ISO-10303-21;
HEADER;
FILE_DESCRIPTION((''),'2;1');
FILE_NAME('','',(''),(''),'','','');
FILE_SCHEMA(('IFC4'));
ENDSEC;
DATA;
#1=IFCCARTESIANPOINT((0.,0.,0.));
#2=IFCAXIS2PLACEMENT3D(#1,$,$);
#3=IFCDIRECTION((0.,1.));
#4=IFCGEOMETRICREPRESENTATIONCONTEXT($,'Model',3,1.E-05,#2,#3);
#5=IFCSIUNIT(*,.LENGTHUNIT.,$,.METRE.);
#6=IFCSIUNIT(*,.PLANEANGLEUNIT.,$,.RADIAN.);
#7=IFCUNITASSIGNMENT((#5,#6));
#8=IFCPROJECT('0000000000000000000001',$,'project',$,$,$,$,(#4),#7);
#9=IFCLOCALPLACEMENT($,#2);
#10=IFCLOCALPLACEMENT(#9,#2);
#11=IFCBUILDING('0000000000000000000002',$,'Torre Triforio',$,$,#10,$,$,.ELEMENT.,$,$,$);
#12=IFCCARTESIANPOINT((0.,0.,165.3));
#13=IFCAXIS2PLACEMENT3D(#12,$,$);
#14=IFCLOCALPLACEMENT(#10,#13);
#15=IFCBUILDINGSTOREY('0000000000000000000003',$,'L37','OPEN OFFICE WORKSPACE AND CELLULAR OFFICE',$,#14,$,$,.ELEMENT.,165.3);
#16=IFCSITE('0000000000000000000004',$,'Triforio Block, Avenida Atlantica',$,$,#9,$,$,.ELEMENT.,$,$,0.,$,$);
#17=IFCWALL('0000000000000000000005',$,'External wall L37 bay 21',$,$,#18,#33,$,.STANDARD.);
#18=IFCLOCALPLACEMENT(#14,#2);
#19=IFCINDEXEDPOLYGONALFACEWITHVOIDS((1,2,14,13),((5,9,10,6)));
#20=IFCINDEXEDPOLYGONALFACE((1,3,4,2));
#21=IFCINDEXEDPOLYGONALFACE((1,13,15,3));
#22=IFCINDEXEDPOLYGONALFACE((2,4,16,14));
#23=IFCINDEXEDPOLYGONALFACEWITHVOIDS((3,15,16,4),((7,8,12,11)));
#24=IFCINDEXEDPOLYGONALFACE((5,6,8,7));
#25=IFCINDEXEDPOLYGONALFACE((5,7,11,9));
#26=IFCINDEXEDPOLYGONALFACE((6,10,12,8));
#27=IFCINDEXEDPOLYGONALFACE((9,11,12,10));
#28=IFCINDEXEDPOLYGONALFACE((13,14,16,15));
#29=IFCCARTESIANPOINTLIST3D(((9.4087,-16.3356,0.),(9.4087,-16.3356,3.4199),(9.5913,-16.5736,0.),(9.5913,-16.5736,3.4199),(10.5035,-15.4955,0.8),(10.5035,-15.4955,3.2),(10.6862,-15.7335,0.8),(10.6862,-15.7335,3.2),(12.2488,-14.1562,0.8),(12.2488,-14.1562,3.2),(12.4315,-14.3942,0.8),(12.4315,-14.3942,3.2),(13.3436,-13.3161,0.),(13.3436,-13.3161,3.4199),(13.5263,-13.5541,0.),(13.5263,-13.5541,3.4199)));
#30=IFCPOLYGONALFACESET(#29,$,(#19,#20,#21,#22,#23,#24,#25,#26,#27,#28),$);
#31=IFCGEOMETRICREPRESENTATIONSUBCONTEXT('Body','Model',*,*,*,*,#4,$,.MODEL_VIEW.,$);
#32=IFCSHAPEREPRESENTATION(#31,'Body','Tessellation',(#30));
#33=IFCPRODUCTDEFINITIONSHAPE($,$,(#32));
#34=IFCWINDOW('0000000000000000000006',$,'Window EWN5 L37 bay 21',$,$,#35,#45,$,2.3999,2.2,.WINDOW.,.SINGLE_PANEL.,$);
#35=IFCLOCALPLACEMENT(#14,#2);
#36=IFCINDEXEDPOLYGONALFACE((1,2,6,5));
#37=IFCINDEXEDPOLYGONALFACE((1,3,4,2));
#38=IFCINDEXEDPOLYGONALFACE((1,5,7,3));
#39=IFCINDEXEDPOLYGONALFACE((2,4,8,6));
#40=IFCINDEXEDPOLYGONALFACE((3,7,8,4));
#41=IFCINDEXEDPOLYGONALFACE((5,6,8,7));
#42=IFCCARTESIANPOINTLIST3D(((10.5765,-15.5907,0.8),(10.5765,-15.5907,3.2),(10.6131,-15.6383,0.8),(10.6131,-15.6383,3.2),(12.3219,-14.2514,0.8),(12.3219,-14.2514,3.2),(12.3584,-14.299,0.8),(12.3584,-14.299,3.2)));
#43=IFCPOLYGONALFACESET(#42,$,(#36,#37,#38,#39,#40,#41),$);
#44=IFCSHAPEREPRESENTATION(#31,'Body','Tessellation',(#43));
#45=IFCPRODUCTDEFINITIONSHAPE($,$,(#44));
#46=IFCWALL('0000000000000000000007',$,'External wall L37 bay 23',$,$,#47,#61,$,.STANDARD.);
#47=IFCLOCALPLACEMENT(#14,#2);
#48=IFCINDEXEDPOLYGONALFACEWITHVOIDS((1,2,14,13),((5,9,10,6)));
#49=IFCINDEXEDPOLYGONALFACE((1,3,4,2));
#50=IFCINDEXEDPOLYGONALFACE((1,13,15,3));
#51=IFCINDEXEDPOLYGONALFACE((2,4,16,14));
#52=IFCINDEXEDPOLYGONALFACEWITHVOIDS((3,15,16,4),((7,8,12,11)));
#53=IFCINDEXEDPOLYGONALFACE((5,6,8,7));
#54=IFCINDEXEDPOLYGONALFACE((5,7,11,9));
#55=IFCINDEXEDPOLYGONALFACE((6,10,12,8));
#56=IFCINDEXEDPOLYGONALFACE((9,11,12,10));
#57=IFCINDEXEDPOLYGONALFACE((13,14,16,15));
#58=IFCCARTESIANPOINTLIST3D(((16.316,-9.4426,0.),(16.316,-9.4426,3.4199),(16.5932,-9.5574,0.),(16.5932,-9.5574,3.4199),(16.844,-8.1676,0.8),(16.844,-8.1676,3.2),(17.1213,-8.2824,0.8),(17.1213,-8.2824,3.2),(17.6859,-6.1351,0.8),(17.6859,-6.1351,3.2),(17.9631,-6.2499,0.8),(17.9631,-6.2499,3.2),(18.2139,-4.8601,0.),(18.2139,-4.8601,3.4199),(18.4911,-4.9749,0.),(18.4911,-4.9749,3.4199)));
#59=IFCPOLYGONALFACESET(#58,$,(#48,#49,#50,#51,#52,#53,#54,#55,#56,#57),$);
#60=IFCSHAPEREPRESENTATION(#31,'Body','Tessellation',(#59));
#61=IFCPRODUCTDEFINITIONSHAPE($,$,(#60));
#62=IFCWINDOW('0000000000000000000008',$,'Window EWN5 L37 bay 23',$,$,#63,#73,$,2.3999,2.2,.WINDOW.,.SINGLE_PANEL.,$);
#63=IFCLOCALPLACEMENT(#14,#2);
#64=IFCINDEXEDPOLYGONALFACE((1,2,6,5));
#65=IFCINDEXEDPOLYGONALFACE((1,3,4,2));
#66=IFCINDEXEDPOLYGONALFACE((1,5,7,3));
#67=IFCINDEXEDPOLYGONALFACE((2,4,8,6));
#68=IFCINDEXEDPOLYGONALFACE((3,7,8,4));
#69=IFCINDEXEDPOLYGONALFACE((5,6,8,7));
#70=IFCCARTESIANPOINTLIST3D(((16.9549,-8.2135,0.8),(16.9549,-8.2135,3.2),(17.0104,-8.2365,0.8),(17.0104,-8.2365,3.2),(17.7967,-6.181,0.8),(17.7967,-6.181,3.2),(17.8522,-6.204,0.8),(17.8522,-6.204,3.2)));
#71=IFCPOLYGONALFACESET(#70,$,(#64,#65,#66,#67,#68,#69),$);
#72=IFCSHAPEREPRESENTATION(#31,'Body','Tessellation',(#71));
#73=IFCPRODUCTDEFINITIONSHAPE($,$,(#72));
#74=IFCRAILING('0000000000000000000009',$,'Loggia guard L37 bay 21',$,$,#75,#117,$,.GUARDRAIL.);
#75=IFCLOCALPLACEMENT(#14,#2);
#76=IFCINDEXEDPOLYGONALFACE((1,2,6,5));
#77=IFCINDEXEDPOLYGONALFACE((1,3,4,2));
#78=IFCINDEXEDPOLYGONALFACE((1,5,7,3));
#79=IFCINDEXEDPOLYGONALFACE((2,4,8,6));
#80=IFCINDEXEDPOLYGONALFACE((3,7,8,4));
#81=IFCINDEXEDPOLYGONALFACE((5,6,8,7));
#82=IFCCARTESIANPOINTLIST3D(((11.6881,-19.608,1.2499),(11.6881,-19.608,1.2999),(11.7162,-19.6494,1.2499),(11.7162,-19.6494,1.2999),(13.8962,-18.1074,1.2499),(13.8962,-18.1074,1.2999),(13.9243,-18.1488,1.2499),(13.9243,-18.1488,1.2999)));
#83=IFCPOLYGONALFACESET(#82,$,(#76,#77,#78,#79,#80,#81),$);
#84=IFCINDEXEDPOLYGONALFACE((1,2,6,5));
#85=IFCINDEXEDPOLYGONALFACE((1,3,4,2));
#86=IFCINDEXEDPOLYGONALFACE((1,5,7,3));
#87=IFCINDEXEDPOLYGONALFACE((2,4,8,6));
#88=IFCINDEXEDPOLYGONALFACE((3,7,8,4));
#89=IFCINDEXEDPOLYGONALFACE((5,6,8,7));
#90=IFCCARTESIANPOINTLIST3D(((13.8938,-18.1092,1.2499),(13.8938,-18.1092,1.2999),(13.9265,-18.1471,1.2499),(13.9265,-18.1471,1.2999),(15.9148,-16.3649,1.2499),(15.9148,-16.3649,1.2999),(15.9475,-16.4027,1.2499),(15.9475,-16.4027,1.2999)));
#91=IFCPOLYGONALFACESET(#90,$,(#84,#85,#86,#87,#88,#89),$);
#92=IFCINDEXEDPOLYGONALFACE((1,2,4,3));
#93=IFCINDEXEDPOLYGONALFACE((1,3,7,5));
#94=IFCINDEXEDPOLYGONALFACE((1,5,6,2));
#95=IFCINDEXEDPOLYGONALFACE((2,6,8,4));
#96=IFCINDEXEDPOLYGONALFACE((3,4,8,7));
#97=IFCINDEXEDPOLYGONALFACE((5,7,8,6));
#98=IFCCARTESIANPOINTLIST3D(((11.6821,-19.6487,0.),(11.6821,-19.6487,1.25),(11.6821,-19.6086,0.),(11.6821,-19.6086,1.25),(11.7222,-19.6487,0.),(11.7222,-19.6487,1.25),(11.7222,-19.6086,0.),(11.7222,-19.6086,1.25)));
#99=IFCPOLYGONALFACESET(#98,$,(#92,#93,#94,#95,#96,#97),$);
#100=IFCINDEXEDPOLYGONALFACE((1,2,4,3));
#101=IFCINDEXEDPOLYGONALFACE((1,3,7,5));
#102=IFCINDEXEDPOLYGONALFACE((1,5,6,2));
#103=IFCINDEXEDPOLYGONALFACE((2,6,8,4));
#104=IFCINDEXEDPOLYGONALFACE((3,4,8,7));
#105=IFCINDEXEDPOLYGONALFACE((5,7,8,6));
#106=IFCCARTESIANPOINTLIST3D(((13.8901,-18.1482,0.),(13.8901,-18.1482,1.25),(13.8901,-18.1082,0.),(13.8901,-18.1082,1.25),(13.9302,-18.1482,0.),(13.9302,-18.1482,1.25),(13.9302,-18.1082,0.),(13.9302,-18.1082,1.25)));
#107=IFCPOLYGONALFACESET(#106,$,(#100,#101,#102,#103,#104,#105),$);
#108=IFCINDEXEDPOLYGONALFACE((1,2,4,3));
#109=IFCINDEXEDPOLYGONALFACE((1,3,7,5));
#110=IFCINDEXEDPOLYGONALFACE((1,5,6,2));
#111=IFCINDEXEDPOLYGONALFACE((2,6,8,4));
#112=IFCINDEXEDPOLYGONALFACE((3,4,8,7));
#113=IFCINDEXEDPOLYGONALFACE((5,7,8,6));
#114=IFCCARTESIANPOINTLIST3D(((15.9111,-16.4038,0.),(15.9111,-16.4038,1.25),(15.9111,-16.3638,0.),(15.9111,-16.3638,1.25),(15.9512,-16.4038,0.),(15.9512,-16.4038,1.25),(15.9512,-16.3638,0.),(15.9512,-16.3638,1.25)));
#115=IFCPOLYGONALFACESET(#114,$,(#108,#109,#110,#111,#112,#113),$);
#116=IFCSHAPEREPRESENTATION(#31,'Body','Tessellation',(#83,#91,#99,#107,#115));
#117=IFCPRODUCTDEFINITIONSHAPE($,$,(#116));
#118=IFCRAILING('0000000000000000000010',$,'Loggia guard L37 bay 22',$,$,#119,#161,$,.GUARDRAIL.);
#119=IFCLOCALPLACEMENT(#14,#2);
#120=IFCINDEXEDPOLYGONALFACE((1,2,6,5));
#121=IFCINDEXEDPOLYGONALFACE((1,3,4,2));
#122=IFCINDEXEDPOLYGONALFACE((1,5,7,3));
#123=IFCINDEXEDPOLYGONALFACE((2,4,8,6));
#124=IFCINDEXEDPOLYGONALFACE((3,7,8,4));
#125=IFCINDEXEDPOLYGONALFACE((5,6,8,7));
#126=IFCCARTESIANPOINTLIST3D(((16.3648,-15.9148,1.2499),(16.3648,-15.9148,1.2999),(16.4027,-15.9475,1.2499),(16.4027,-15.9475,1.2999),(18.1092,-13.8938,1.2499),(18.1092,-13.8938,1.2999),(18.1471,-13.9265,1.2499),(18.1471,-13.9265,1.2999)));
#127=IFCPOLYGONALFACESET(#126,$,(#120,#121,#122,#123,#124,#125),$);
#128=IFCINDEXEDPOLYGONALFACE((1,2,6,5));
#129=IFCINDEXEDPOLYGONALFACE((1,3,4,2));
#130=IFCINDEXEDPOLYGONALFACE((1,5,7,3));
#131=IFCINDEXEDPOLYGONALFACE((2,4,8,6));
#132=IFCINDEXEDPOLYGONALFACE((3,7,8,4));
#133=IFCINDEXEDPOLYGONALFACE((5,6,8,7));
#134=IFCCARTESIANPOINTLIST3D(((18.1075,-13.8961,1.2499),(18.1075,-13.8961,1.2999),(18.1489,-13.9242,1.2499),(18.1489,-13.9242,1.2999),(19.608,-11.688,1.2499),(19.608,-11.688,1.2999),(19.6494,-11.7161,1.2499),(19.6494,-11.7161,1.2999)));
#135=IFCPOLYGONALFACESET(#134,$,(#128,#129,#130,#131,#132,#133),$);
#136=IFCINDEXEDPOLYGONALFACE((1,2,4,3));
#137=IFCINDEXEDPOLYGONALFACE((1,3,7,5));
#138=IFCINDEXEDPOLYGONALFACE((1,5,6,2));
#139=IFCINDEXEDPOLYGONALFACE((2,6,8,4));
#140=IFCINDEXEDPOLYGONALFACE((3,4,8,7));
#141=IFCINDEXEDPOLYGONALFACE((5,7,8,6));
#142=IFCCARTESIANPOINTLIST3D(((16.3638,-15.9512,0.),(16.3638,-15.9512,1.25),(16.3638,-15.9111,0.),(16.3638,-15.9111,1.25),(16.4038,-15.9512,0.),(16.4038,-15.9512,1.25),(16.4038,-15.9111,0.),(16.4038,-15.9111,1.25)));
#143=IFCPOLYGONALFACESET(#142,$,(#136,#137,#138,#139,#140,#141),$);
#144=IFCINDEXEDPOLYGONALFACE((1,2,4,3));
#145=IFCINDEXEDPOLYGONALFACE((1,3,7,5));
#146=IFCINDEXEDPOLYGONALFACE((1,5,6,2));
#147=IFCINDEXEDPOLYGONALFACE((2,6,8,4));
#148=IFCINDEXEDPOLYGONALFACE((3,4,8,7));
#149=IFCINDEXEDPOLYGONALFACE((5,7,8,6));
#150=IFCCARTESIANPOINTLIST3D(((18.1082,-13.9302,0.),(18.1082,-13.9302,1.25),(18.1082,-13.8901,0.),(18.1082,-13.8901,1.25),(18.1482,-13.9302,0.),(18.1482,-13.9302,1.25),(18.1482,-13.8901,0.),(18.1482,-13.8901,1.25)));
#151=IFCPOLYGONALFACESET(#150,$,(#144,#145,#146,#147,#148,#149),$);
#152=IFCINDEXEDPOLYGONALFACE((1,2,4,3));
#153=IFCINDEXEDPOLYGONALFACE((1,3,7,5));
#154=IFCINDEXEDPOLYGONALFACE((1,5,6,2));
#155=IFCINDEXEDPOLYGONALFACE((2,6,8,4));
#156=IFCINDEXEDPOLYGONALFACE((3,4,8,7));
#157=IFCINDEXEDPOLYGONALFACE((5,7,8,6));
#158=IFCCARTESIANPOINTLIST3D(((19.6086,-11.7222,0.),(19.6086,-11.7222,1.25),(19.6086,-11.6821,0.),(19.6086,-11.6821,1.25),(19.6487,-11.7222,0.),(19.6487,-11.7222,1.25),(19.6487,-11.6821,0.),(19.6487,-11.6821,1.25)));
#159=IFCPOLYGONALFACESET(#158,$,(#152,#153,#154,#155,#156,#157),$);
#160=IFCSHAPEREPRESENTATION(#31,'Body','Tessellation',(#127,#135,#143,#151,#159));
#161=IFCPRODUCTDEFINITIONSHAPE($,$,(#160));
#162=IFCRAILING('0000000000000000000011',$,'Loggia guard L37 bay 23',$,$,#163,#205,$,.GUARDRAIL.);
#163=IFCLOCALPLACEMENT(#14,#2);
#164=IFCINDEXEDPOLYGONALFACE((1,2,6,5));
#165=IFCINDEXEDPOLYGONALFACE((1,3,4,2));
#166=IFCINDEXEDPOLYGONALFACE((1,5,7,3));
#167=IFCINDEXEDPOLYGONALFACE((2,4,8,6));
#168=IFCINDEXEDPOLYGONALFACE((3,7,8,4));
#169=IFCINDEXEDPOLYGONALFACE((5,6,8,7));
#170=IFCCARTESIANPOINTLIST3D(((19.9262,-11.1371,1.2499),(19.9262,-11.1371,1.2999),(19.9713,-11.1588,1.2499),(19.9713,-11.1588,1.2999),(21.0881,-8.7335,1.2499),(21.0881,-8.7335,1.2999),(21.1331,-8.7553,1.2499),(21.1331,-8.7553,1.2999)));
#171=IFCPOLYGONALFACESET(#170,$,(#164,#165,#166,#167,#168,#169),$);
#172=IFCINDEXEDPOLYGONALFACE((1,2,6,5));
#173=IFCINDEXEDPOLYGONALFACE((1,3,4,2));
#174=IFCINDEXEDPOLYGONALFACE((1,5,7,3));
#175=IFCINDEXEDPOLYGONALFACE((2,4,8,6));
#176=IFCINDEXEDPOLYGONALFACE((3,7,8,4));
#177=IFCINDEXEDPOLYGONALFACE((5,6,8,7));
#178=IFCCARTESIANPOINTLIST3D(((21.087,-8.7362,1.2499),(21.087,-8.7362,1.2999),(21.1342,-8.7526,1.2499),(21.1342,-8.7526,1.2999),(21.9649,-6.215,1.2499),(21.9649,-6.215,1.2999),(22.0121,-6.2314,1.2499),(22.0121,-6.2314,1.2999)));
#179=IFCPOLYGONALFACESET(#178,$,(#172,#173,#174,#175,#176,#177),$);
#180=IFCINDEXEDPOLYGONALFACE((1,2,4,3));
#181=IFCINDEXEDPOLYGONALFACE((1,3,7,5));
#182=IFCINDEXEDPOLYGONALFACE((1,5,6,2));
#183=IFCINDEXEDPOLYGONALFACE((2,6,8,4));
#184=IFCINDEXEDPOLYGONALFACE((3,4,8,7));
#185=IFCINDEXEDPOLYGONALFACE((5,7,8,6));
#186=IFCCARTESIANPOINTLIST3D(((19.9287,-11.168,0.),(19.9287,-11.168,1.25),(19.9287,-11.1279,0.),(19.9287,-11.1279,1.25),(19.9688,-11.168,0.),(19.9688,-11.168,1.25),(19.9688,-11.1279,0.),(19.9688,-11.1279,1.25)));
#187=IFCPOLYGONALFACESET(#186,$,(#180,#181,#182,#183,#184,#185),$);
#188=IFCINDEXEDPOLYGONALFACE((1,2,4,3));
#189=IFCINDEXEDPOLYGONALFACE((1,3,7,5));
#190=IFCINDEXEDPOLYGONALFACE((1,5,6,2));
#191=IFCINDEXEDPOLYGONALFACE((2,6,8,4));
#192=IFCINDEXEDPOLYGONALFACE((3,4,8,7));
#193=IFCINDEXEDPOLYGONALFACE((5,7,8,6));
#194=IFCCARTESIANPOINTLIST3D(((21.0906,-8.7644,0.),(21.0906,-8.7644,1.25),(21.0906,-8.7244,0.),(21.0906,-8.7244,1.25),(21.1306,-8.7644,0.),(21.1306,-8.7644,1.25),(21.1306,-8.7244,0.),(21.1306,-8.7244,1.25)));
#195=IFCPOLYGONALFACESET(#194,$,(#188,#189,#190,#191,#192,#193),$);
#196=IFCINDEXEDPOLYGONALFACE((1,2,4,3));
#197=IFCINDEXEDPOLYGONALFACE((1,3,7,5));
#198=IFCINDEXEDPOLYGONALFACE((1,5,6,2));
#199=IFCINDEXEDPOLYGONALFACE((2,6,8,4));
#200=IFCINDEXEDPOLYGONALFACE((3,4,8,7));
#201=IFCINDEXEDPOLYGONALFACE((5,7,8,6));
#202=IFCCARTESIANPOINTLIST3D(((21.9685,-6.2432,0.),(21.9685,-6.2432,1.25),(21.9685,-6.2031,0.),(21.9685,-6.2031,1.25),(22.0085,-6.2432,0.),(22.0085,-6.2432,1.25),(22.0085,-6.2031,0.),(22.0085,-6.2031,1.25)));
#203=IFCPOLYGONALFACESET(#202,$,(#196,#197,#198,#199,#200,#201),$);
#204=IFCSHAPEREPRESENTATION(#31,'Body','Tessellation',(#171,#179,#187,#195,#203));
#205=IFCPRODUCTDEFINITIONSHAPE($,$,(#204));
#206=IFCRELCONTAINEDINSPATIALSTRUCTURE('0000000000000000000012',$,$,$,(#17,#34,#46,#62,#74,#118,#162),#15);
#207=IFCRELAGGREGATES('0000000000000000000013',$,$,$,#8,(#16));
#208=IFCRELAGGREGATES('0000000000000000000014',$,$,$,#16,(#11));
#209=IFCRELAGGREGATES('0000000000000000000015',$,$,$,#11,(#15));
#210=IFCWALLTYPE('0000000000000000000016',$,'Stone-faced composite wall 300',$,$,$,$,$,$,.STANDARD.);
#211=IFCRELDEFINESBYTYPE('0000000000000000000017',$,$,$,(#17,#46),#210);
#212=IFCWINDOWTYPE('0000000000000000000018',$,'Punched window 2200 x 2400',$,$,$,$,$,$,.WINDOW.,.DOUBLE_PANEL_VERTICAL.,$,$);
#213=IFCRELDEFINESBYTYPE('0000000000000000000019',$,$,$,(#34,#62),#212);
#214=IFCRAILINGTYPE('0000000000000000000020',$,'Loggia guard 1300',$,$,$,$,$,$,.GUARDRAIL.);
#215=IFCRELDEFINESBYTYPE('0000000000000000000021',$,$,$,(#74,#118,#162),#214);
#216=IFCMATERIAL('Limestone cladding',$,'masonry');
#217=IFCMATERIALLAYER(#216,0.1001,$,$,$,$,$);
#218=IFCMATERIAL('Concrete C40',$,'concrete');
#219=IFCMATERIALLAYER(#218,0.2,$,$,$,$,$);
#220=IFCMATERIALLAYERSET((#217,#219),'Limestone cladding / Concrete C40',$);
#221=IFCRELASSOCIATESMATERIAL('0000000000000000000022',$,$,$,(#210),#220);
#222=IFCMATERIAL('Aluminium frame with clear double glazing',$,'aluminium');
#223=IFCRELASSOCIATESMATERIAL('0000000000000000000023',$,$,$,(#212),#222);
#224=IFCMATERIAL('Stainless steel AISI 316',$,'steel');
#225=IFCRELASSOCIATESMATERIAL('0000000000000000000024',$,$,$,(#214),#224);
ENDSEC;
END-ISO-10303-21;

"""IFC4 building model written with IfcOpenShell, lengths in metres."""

from ifc_helpers import new_model, si_unit, direction, frame, frame_2d, origin, origin_2d, place, context, subcontext, project, spatial, rectangle, extrude, material, layer, layer_set, type_object, element, fill, save


model = new_model("IFC4")

# Units and contexts
model_context = context("Model", 3, precision=1e-05, world=origin(), true_north=direction((0.0, 1.0)))
body_context = subcontext(model_context, "Body", "Model", "MODEL_VIEW")
ifc_project = project(units=[si_unit("LENGTHUNIT", "METRE"), si_unit("PLANEANGLEUNIT", "RADIAN")], contexts=[model_context])

# Site, building, storey
site_placement = place(None, origin())
site = spatial("IfcSite", under=ifc_project, at=site_placement, Name="Triforio Block, Avenida Atlantica", CompositionType="ELEMENT", RefElevation=0.0)
building_placement = place(site_placement, origin())
building = spatial("IfcBuilding", under=site, at=building_placement, Name="Torre Triforio", CompositionType="ELEMENT")
storey_placement = place(building_placement, frame((0.0, 0.0, 165.3)))
storey = spatial("IfcBuildingStorey", under=building, at=storey_placement, Name="L37", Description="OPEN OFFICE WORKSPACE AND CELLULAR OFFICE", CompositionType="ELEMENT", Elevation=165.3)

# Shared definitions
ifc_material_1 = material(Name="Concrete C40", Category="concrete")

# Shared definitions
ifc_material_2 = material(Name="Limestone cladding", Category="masonry")

# Wall, opening, window
ifc_layer_1 = layer(ifc_material_2, 0.1001)
ifc_layer_2 = layer(ifc_material_1, 0.2)
ifc_layer_set_1 = layer_set([ifc_layer_1, ifc_layer_2], Name="Limestone cladding / Concrete C40")
wall_type_1 = type_object("IfcWallType", Name="Stone-faced composite wall 300", PredefinedType="STANDARD", material=ifc_layer_set_1)
wall_1_placement = place(storey_placement, frame((9.5, -16.4546, 0.0), z_axis=(0.0, 0.0, 1.0), x_axis=(0.793348, 0.608768, 0.0)))
wall_1 = element("IfcWall", 1, at=wall_1_placement, inside=storey, type_object=wall_type_1, Name="External wall L37 bay 21", PredefinedType="STANDARD", context=body_context, shape_type="SweptSolid", body=[
    extrude(rectangle(XDim=4.96, YDim=0.3, at=frame_2d((2.48, 0.0))), origin(), (0.0, 0.0, 1.0), 3.4199),
])
opening_1_placement = place(wall_1_placement, frame((1.3799, 0.0, 0.8)))
opening_1 = element("IfcOpeningElement", 2, at=opening_1_placement, cuts=wall_1, PredefinedType="OPENING", context=body_context, shape_type="SweptSolid", body=[
    extrude(rectangle(XDim=2.2, YDim=2.3999, at=frame_2d((1.1001, 1.2))), frame((0.0, 0.1599, 0.0), z_axis=(0.0, -1.0, 0.0), x_axis=(1.0, 0.0, 0.0)), (0.0, 0.0, 1.0), 0.3201),
])
ifc_material_3 = material(Name="Aluminium frame with clear double glazing", Category="aluminium")
window_type_1 = type_object("IfcWindowType", Name="Punched window 2200 x 2400", PartitioningType="DOUBLE_PANEL_VERTICAL", PredefinedType="WINDOW", material=ifc_material_3)
window_1_placement = place(opening_1_placement, origin())
window_1 = element("IfcWindow", 3, at=window_1_placement, inside=storey, type_object=window_type_1, Name="Window EWN5 L37 bay 21", OverallHeight=2.3999, OverallWidth=2.2, PartitioningType="SINGLE_PANEL", PredefinedType="WINDOW", context=body_context, shape_type="SweptSolid", body=[
    extrude(rectangle(XDim=2.2, YDim=2.3999, at=frame_2d((1.1001, 1.2))), frame((0.0, 0.03, 0.0), z_axis=(0.0, -1.0, 0.0), x_axis=(1.0, 0.0, 0.0)), (0.0, 0.0, 1.0), 0.0601),
])
fill(opening_1, window_1)

# Wall, opening, window
wall_2_placement = place(storey_placement, frame((16.4546, -9.5, 0.0), z_axis=(0.0, 0.0, 1.0), x_axis=(0.38265, 0.923893, 0.0)))
wall_2 = element("IfcWall", 4, at=wall_2_placement, inside=storey, type_object=wall_type_1, Name="External wall L37 bay 23", PredefinedType="STANDARD", context=body_context, shape_type="SweptSolid", body=[
    extrude(rectangle(XDim=4.96, YDim=0.3, at=frame_2d((2.48, 0.0))), origin(), (0.0, 0.0, 1.0), 3.4199),
])
opening_2_placement = place(wall_2_placement, frame((1.3799, 0.0, 0.8)))
opening_2 = element("IfcOpeningElement", 5, at=opening_2_placement, cuts=wall_2, PredefinedType="OPENING", context=body_context, shape_type="SweptSolid", body=[
    extrude(rectangle(XDim=2.2, YDim=2.3999, at=frame_2d((1.1001, 1.2))), frame((0.0, 0.1599, 0.0), z_axis=(0.0, -1.0, 0.0), x_axis=(1.0, 0.0, 0.0)), (0.0, 0.0, 1.0), 0.3201),
])
window_2_placement = place(opening_2_placement, origin())
window_2 = element("IfcWindow", 6, at=window_2_placement, inside=storey, type_object=window_type_1, Name="Window EWN5 L37 bay 23", OverallHeight=2.3999, OverallWidth=2.2, PartitioningType="SINGLE_PANEL", PredefinedType="WINDOW", context=body_context, shape_type="SweptSolid", body=[
    extrude(rectangle(XDim=2.2, YDim=2.3999, at=frame_2d((1.1001, 1.2))), frame((0.0, 0.03, 0.0), z_axis=(0.0, -1.0, 0.0), x_axis=(1.0, 0.0, 0.0)), (0.0, 0.0, 1.0), 0.0601),
])
fill(opening_2, window_2)

# Railings
ifc_material_4 = material(Name="Stainless steel AISI 316", Category="steel")
railing_type = type_object("IfcRailingType", Name="Loggia guard 1300", PredefinedType="GUARDRAIL", material=ifc_material_4)
railing_1_placement = place(storey_placement, frame((11.7021, -19.6287, 0.0)))
element("IfcRailing", 7, at=railing_1_placement, inside=storey, type_object=railing_type, Name="Loggia guard L37 bay 21", PredefinedType="GUARDRAIL", context=body_context, shape_type="SweptSolid", body=[
    extrude(rectangle(XDim=0.05, YDim=0.05, at=origin_2d()), frame((0.0, 0.0, 1.2749), z_axis=(0.827093, 0.562065, 0.0), x_axis=(-0.562065, 0.827093, 0.0)), (0.0, 0.0, 1.0), 2.6697),
    extrude(rectangle(XDim=0.05, YDim=0.05, at=origin_2d()), frame((2.208, 1.5005, 1.2749), z_axis=(0.757012, 0.653401, 0.0), x_axis=(-0.653401, 0.757012, 0.0)), (0.0, 0.0, 1.0), 2.6697),
    extrude(rectangle(XDim=0.04, YDim=0.04, at=origin_2d()), origin(), (0.0, 0.0, 1.0), 1.25),
    extrude(rectangle(XDim=0.04, YDim=0.04, at=origin_2d()), frame((2.208, 1.5005, 0.0)), (0.0, 0.0, 1.0), 1.25),
    extrude(rectangle(XDim=0.04, YDim=0.04, at=origin_2d()), frame((4.229, 3.2449, 0.0)), (0.0, 0.0, 1.0), 1.25),
])
railing_2_placement = place(storey_placement, frame((16.3838, -15.9312, 0.0)))
element("IfcRailing", 8, at=railing_2_placement, inside=storey, type_object=railing_type, Name="Loggia guard L37 bay 22", PredefinedType="GUARDRAIL", context=body_context, shape_type="SweptSolid", body=[
    extrude(rectangle(XDim=0.05, YDim=0.05, at=origin_2d()), frame((0.0, 0.0, 1.2749), z_axis=(0.653401, 0.757012, 0.0), x_axis=(-0.757012, 0.653401, 0.0)), (0.0, 0.0, 1.0), 2.6697),
    extrude(rectangle(XDim=0.05, YDim=0.05, at=origin_2d()), frame((1.7444, 2.021, 1.2749), z_axis=(0.562065, 0.827093, 0.0), x_axis=(-0.827093, 0.562065, 0.0)), (0.0, 0.0, 1.0), 2.6697),
    extrude(rectangle(XDim=0.04, YDim=0.04, at=origin_2d()), origin(), (0.0, 0.0, 1.0), 1.25),
    extrude(rectangle(XDim=0.04, YDim=0.04, at=origin_2d()), frame((1.7444, 2.021, 0.0)), (0.0, 0.0, 1.0), 1.25),
    extrude(rectangle(XDim=0.04, YDim=0.04, at=origin_2d()), frame((3.2449, 4.229, 0.0)), (0.0, 0.0, 1.0), 1.25),
])
railing_3_placement = place(storey_placement, frame((19.9487, -11.1479, 0.0)))
element("IfcRailing", 9, at=railing_3_placement, inside=storey, type_object=railing_type, Name="Loggia guard L37 bay 23", PredefinedType="GUARDRAIL", context=body_context, shape_type="SweptSolid", body=[
    extrude(rectangle(XDim=0.05, YDim=0.05, at=origin_2d()), frame((0.0, 0.0, 1.2749), z_axis=(0.435212, 0.900328, 0.0), x_axis=(-0.900328, 0.435212, 0.0)), (0.0, 0.0, 1.0), 2.6697),
    extrude(rectangle(XDim=0.05, YDim=0.05, at=origin_2d()), frame((1.1619, 2.4036, 1.2749), z_axis=(0.328847, 0.944383, 0.0), x_axis=(-0.944383, 0.328847, 0.0)), (0.0, 0.0, 1.0), 2.6697),
    extrude(rectangle(XDim=0.04, YDim=0.04, at=origin_2d()), origin(), (0.0, 0.0, 1.0), 1.25),
    extrude(rectangle(XDim=0.04, YDim=0.04, at=origin_2d()), frame((1.1619, 2.4036, 0.0)), (0.0, 0.0, 1.0), 1.25),
    extrude(rectangle(XDim=0.04, YDim=0.04, at=origin_2d()), frame((2.0398, 4.9248, 0.0)), (0.0, 0.0, 1.0), 1.25),
])

save(model, "model.ifc")
